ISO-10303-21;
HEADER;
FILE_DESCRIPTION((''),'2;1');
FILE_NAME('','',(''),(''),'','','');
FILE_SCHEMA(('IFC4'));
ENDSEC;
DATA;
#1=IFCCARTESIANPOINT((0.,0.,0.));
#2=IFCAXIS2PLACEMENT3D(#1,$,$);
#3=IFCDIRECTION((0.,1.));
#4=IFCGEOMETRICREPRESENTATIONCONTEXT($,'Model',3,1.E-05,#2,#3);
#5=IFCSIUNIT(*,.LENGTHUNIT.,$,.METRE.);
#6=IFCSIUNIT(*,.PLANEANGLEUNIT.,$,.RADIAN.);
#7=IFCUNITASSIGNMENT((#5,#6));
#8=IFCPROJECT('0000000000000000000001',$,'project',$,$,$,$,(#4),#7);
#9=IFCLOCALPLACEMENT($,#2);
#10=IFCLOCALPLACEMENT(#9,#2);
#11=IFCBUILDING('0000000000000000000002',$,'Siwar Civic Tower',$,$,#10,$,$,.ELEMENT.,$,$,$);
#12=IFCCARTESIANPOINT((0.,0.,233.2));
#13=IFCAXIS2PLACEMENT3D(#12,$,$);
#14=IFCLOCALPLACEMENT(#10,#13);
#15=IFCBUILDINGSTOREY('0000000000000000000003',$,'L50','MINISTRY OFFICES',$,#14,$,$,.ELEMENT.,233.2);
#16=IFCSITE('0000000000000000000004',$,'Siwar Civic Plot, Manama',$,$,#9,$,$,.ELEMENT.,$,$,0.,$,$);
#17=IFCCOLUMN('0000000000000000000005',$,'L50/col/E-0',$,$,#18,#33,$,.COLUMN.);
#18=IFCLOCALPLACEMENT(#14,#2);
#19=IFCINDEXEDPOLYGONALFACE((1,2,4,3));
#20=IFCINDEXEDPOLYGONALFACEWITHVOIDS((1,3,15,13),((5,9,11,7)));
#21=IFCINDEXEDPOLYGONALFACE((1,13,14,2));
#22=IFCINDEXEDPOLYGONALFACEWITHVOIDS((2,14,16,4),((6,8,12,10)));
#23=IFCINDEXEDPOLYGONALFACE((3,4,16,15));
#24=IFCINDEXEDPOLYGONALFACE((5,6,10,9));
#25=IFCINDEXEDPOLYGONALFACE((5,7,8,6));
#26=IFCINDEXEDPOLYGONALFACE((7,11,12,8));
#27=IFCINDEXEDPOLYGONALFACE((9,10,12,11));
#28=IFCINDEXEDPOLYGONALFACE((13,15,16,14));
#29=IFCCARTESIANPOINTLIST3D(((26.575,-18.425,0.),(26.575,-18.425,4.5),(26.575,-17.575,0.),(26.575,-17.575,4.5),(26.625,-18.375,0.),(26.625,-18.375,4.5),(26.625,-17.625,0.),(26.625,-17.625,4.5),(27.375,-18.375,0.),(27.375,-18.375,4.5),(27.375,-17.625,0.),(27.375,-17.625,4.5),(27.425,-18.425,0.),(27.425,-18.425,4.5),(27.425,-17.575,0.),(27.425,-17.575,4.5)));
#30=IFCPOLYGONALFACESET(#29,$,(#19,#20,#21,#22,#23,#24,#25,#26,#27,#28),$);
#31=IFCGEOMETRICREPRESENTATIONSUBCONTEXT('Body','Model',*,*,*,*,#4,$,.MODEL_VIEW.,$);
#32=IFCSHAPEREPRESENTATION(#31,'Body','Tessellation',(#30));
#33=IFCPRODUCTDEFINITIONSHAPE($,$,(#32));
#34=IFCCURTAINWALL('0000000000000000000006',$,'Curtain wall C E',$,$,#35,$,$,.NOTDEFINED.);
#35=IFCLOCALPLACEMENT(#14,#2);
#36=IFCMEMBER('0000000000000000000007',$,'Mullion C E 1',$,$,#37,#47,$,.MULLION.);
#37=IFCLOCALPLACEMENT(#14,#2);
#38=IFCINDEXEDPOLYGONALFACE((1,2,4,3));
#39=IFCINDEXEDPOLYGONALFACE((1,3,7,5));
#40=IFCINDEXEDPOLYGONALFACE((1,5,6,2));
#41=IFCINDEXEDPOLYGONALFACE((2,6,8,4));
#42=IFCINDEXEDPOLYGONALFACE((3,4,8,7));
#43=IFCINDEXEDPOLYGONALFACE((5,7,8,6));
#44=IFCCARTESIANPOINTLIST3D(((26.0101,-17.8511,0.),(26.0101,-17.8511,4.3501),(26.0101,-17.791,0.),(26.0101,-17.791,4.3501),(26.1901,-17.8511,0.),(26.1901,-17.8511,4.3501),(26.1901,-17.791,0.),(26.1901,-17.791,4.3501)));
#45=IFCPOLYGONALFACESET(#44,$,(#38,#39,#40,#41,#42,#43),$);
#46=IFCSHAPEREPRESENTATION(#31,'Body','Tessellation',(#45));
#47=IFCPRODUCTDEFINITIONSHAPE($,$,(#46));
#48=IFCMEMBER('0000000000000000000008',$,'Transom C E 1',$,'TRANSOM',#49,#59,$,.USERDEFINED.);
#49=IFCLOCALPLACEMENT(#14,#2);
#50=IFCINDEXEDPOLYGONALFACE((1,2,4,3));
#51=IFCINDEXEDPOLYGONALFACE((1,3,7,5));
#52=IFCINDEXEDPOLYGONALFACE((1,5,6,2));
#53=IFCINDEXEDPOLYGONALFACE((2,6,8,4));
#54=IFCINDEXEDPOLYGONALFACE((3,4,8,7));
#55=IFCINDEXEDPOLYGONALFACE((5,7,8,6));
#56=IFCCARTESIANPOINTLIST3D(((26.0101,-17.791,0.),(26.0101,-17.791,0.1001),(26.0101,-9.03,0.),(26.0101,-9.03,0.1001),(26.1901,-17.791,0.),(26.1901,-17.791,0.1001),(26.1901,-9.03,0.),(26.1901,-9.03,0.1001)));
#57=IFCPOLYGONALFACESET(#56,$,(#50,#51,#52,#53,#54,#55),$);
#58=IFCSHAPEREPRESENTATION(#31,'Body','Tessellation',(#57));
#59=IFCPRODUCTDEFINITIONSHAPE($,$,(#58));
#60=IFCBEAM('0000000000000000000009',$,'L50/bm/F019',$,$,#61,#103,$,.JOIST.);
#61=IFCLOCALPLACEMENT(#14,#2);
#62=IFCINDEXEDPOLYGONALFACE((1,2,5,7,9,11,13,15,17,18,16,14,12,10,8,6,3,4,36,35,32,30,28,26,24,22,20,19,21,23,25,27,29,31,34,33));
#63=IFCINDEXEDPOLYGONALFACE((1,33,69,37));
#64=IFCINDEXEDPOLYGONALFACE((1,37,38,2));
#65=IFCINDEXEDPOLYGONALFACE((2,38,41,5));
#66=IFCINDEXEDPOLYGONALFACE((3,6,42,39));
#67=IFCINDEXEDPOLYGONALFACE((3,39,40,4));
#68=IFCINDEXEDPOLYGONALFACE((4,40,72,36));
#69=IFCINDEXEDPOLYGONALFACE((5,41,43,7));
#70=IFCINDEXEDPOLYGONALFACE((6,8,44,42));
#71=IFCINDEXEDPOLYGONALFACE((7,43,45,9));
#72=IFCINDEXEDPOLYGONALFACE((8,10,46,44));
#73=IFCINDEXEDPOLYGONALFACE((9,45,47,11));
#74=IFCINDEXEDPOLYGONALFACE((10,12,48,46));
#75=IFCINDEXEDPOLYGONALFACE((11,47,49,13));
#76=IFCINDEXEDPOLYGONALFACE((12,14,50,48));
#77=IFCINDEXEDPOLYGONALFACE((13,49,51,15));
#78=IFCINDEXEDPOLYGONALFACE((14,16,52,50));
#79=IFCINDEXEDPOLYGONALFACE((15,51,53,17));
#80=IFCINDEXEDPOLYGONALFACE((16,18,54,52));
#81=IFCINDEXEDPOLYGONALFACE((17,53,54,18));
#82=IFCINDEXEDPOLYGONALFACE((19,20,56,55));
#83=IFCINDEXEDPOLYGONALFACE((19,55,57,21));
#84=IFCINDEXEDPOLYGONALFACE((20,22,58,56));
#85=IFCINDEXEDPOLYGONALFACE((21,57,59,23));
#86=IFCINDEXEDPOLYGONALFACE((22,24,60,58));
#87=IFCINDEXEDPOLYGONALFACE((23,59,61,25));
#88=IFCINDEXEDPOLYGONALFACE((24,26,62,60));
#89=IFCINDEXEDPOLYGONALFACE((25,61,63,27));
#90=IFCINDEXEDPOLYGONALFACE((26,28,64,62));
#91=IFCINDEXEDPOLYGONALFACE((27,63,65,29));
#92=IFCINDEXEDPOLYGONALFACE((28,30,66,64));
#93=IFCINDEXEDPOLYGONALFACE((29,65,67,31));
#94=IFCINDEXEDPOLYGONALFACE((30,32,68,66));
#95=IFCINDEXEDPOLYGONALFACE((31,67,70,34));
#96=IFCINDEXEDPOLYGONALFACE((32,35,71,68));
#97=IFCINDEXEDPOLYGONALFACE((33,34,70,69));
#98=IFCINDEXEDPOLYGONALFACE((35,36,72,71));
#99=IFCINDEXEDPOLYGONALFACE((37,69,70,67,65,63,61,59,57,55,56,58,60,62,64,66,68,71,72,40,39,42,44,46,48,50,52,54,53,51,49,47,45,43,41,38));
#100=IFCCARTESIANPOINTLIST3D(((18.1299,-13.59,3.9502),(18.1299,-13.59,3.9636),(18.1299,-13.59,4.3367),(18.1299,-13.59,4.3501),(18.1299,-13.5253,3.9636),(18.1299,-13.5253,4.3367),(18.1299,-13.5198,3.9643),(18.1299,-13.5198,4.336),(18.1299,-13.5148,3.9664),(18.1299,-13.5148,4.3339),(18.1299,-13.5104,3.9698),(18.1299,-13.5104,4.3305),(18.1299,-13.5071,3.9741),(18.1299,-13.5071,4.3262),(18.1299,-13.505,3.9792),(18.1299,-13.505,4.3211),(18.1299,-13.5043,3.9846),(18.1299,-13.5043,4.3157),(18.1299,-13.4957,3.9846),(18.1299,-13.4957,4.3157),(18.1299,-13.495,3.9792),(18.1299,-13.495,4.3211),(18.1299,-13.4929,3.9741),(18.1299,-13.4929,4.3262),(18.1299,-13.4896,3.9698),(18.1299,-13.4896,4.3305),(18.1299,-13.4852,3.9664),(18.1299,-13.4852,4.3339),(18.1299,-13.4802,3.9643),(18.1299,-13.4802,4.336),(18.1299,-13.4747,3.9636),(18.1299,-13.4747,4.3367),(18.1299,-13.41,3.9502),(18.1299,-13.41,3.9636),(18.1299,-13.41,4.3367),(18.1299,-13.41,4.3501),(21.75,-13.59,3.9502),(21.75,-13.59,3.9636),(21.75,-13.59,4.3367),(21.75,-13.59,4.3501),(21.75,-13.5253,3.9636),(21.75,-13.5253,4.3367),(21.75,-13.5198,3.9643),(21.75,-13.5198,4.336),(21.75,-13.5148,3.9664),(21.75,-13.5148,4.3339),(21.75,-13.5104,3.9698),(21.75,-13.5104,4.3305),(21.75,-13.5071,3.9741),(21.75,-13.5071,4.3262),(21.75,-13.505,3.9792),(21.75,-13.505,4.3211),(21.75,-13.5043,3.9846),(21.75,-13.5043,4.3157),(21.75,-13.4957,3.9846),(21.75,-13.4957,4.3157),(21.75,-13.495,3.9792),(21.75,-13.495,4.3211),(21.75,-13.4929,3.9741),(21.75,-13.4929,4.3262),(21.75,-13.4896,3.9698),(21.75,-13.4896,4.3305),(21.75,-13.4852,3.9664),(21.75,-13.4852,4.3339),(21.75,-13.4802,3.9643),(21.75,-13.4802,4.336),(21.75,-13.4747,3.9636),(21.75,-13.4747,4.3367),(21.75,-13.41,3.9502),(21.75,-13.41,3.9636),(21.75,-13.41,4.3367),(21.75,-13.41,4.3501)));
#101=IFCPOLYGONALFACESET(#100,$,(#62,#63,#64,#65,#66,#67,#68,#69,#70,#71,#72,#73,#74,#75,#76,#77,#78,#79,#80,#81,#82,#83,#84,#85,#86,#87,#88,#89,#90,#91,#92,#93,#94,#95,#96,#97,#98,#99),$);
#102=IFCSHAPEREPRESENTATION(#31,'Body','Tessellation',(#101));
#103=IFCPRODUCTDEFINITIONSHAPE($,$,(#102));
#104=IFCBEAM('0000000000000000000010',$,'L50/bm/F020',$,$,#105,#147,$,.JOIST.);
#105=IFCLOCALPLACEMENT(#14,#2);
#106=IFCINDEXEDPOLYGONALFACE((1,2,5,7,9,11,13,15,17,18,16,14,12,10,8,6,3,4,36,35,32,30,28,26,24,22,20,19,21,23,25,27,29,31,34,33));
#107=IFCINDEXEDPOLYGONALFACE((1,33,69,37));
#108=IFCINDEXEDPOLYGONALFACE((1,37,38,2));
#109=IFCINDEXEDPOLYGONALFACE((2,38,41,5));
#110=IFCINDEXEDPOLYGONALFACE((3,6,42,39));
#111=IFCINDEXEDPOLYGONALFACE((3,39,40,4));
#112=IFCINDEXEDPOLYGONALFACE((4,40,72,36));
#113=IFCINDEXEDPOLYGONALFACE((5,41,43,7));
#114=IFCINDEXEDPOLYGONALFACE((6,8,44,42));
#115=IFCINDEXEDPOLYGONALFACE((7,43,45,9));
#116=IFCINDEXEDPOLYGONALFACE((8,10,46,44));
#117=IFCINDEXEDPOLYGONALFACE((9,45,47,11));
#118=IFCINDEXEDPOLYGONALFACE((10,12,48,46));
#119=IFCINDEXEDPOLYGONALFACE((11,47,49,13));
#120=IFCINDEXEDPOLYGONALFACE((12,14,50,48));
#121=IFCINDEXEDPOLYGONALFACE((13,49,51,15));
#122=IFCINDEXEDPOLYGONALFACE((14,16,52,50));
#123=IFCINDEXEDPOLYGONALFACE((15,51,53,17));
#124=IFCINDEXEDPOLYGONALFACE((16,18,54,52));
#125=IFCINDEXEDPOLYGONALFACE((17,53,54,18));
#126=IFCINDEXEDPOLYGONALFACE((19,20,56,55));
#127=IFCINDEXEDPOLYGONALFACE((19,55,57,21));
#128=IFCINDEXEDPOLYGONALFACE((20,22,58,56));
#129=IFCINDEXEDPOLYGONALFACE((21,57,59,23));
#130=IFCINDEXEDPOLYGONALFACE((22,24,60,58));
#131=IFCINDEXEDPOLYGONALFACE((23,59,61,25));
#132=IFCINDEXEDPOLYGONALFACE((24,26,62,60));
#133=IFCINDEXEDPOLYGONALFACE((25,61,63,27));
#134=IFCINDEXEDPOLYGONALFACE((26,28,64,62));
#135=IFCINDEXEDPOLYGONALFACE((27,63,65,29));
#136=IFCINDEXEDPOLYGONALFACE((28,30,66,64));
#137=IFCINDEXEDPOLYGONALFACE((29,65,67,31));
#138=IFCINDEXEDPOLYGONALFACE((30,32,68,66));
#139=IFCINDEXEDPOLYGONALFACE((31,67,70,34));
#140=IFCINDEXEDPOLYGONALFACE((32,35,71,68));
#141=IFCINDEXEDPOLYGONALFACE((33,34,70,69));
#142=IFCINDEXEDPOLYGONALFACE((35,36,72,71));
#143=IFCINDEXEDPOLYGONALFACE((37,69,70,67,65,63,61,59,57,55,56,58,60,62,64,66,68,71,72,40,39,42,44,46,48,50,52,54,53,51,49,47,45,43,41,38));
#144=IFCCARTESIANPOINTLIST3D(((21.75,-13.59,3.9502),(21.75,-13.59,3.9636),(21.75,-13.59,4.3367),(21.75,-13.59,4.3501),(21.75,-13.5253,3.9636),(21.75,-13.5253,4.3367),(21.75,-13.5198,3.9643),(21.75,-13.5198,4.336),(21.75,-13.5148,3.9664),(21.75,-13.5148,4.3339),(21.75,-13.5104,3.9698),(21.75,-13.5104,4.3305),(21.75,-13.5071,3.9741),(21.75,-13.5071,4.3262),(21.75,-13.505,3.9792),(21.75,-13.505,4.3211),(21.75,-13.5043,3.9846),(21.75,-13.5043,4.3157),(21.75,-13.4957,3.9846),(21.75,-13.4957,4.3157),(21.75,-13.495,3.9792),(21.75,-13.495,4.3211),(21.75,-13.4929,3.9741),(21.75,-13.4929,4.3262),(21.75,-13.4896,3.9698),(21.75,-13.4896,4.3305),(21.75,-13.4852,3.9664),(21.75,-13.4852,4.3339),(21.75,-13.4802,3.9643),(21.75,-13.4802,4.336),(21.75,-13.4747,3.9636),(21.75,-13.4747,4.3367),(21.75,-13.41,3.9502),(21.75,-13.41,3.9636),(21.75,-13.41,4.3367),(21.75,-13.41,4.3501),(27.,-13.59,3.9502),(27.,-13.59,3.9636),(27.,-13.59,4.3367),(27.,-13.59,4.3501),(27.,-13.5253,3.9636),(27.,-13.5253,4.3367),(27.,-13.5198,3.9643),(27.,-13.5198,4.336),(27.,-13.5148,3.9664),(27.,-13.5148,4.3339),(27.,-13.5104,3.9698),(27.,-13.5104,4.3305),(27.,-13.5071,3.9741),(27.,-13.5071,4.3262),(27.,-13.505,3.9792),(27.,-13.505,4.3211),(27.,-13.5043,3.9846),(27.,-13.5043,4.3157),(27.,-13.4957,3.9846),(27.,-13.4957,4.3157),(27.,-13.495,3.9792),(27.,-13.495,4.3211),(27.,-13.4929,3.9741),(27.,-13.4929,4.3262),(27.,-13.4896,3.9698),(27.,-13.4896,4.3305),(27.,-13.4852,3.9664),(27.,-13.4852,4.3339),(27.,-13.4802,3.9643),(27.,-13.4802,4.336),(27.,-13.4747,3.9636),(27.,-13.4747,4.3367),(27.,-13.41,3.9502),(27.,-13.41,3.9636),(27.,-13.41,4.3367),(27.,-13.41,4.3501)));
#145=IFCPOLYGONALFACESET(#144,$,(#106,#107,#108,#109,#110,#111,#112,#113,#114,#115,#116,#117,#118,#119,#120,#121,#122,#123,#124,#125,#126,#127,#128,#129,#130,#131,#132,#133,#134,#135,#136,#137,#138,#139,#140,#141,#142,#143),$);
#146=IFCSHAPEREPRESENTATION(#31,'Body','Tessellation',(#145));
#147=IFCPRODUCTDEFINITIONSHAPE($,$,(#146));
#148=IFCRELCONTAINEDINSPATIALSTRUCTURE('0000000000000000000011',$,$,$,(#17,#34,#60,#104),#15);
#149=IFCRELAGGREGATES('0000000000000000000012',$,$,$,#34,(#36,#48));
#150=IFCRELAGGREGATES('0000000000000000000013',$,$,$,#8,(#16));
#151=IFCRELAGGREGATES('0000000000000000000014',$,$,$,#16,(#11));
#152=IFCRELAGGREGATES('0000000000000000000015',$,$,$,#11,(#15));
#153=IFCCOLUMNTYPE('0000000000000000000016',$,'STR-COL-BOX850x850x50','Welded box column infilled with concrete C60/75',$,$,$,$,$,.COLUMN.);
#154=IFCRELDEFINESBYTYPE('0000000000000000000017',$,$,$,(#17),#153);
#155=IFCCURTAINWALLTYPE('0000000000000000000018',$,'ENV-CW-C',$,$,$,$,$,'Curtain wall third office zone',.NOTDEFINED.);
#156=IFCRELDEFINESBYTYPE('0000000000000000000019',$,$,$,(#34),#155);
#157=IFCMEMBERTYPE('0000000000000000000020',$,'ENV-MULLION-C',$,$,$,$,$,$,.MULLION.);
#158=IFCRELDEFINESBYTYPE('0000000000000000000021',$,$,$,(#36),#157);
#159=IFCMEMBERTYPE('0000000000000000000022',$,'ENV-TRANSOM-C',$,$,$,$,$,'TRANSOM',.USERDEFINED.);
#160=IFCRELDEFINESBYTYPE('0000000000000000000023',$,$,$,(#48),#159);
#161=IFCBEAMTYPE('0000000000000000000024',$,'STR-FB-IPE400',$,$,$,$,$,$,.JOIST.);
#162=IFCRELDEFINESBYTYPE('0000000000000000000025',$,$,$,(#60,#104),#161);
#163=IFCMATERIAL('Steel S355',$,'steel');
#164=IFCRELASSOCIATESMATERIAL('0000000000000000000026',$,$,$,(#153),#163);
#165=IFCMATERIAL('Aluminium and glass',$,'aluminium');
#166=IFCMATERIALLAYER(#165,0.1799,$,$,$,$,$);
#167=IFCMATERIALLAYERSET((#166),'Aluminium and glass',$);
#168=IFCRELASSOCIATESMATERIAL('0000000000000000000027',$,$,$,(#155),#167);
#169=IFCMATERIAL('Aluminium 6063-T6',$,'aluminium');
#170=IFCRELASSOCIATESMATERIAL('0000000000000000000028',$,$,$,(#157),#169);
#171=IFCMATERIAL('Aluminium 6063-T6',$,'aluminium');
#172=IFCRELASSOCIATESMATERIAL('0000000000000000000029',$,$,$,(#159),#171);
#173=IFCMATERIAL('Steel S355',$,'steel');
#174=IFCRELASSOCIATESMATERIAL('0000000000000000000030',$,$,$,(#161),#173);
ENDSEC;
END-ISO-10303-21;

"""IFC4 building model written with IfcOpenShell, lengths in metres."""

from ifc_helpers import new_model, si_unit, direction, frame, origin, origin_2d, place, context, subcontext, project, spatial, rectangle, hollow_rectangle, i_section, extrude, material, layer, layer_set, material_profile, profile_set, type_object, element, aggregate, save


model = new_model("IFC4")

# Units and contexts
model_context = context("Model", 3, precision=1e-05, world=origin(), true_north=direction((0.0, 1.0)))
body_context = subcontext(model_context, "Body", "Model", "MODEL_VIEW")
ifc_project = project(units=[si_unit("LENGTHUNIT", "METRE"), si_unit("PLANEANGLEUNIT", "RADIAN")], contexts=[model_context])

# Site, building, storey
site_placement = place(None, origin())
site = spatial("IfcSite", under=ifc_project, at=site_placement, Name="Siwar Civic Plot, Manama", CompositionType="ELEMENT", RefElevation=0.0)
building_placement = place(site_placement, origin())
building = spatial("IfcBuilding", under=site, at=building_placement, Name="Siwar Civic Tower", CompositionType="ELEMENT")
storey_placement = place(building_placement, frame((0.0, 0.0, 233.2)))
storey = spatial("IfcBuildingStorey", under=building, at=storey_placement, Name="L50", Description="MINISTRY OFFICES", CompositionType="ELEMENT", Elevation=233.2)

# Column
ifc_material_1 = material(Name="Steel S355", Category="steel")
ifc_material_profile_1 = material_profile(ifc_material_1, hollow_rectangle(XDim=0.8501, YDim=0.8501, WallThickness=0.05, at=origin_2d()), Name="BOX850x850x50")
ifc_profile_set_1 = profile_set([ifc_material_profile_1], Name="Steel S355")
column_type = type_object("IfcColumnType", Name="STR-COL-BOX850x850x50", Description="Welded box column infilled with concrete C60/75", PredefinedType="COLUMN", material=ifc_profile_set_1)
column_placement = place(storey_placement, frame((27.0, -18.0, 0.0), z_axis=(0.0, 0.0, 1.0), x_axis=(1.0, 0.0, 0.0)))
element("IfcColumn", 1, at=column_placement, inside=storey, type_object=column_type, Name="L50/col/E-0", PredefinedType="COLUMN", context=body_context, shape_type="SweptSolid", body=[
    extrude(hollow_rectangle(XDim=0.8501, YDim=0.8501, WallThickness=0.05, at=origin_2d()), origin(), (0.0, 0.0, 1.0), 4.5),
])

# Curtain wall, members
ifc_material_2 = material(Name="Aluminium and glass", Category="aluminium")
ifc_layer_1 = layer(ifc_material_2, 0.1799)
ifc_layer_set_1 = layer_set([ifc_layer_1], Name="Aluminium and glass")
curtain_wall_type = type_object("IfcCurtainWallType", Name="ENV-CW-C", ElementType="Curtain wall third office zone", PredefinedType="NOTDEFINED", material=ifc_layer_set_1)
curtain_wall_placement = place(storey_placement, origin())
curtain_wall = element("IfcCurtainWall", 2, at=curtain_wall_placement, inside=storey, type_object=curtain_wall_type, Name="Curtain wall C E", PredefinedType="NOTDEFINED")
ifc_material_3 = material(Name="Aluminium 6063-T6", Category="aluminium")
ifc_material_profile_2 = material_profile(ifc_material_3, rectangle(XDim=0.1799, YDim=0.0601, at=origin_2d()), Name="AL 180x60")
ifc_profile_set_2 = profile_set([ifc_material_profile_2], Name="Aluminium 6063-T6")
member_type_1 = type_object("IfcMemberType", Name="ENV-MULLION-C", PredefinedType="MULLION", material=ifc_profile_set_2)
member_1_placement = place(storey_placement, frame((26.1001, -17.821, 0.0), z_axis=(0.0, 0.0, 1.0), x_axis=(-1.0, 0.0, 0.0)))
member_1 = element("IfcMember", 3, at=member_1_placement, type_object=member_type_1, Name="Mullion C E 1", PredefinedType="MULLION", context=body_context, shape_type="SweptSolid", body=[
    extrude(rectangle(XDim=0.1799, YDim=0.0601, at=origin_2d()), origin(), (0.0, 0.0, 1.0), 4.3501),
])
ifc_material_4 = material(Name="Aluminium 6063-T6", Category="aluminium")
ifc_material_profile_3 = material_profile(ifc_material_4, rectangle(XDim=0.1799, YDim=0.1001, at=origin_2d()), Name="AL 180x100")
ifc_profile_set_3 = profile_set([ifc_material_profile_3], Name="Aluminium 6063-T6")
member_type_2 = type_object("IfcMemberType", Name="ENV-TRANSOM-C", ElementType="TRANSOM", PredefinedType="USERDEFINED", material=ifc_profile_set_3)
member_2_placement = place(storey_placement, frame((26.1001, -17.791, 0.05), z_axis=(0.0, 1.0, 0.0), x_axis=(-1.0, 0.0, 0.0)))
member_2 = element("IfcMember", 4, at=member_2_placement, type_object=member_type_2, Name="Transom C E 1", ObjectType="TRANSOM", PredefinedType="USERDEFINED", context=body_context, shape_type="SweptSolid", body=[
    extrude(rectangle(XDim=0.1799, YDim=0.1001, at=origin_2d()), origin(), (0.0, 0.0, 1.0), 8.761),
])

# Beams
ifc_material_5 = material(Name="Steel S355", Category="steel")
ifc_material_profile_4 = material_profile(ifc_material_5, i_section(OverallWidth=0.1799, OverallDepth=0.3999, WebThickness=0.0085, FlangeThickness=0.0134, FilletRadius=0.021, at=origin_2d()), Name="IPE400")
ifc_profile_set_4 = profile_set([ifc_material_profile_4], Name="Steel S355")
beam_type_1 = type_object("IfcBeamType", Name="STR-FB-IPE400", PredefinedType="JOIST", material=ifc_profile_set_4)
beam_1_placement = place(storey_placement, frame((18.1299, -13.5, 4.1501), z_axis=(1.0, 0.0, 0.0), x_axis=(0.0, 1.0, 0.0)))
element("IfcBeam", 5, at=beam_1_placement, inside=storey, type_object=beam_type_1, Name="L50/bm/F019", PredefinedType="JOIST", context=body_context, shape_type="SweptSolid", body=[
    extrude(i_section(OverallWidth=0.1799, OverallDepth=0.3999, WebThickness=0.0085, FlangeThickness=0.0134, FilletRadius=0.021, at=origin_2d()), origin(), (0.0, 0.0, 1.0), 3.6201),
])
beam_2_placement = place(storey_placement, frame((21.75, -13.5, 4.1501), z_axis=(1.0, 0.0, 0.0), x_axis=(0.0, 1.0, 0.0)))
element("IfcBeam", 6, at=beam_2_placement, inside=storey, type_object=beam_type_1, Name="L50/bm/F020", PredefinedType="JOIST", context=body_context, shape_type="SweptSolid", body=[
    extrude(i_section(OverallWidth=0.1799, OverallDepth=0.3999, WebThickness=0.0085, FlangeThickness=0.0134, FilletRadius=0.021, at=origin_2d()), origin(), (0.0, 0.0, 1.0), 5.25),
])

aggregate(curtain_wall, [member_1, member_2])

save(model, "model.ifc")
